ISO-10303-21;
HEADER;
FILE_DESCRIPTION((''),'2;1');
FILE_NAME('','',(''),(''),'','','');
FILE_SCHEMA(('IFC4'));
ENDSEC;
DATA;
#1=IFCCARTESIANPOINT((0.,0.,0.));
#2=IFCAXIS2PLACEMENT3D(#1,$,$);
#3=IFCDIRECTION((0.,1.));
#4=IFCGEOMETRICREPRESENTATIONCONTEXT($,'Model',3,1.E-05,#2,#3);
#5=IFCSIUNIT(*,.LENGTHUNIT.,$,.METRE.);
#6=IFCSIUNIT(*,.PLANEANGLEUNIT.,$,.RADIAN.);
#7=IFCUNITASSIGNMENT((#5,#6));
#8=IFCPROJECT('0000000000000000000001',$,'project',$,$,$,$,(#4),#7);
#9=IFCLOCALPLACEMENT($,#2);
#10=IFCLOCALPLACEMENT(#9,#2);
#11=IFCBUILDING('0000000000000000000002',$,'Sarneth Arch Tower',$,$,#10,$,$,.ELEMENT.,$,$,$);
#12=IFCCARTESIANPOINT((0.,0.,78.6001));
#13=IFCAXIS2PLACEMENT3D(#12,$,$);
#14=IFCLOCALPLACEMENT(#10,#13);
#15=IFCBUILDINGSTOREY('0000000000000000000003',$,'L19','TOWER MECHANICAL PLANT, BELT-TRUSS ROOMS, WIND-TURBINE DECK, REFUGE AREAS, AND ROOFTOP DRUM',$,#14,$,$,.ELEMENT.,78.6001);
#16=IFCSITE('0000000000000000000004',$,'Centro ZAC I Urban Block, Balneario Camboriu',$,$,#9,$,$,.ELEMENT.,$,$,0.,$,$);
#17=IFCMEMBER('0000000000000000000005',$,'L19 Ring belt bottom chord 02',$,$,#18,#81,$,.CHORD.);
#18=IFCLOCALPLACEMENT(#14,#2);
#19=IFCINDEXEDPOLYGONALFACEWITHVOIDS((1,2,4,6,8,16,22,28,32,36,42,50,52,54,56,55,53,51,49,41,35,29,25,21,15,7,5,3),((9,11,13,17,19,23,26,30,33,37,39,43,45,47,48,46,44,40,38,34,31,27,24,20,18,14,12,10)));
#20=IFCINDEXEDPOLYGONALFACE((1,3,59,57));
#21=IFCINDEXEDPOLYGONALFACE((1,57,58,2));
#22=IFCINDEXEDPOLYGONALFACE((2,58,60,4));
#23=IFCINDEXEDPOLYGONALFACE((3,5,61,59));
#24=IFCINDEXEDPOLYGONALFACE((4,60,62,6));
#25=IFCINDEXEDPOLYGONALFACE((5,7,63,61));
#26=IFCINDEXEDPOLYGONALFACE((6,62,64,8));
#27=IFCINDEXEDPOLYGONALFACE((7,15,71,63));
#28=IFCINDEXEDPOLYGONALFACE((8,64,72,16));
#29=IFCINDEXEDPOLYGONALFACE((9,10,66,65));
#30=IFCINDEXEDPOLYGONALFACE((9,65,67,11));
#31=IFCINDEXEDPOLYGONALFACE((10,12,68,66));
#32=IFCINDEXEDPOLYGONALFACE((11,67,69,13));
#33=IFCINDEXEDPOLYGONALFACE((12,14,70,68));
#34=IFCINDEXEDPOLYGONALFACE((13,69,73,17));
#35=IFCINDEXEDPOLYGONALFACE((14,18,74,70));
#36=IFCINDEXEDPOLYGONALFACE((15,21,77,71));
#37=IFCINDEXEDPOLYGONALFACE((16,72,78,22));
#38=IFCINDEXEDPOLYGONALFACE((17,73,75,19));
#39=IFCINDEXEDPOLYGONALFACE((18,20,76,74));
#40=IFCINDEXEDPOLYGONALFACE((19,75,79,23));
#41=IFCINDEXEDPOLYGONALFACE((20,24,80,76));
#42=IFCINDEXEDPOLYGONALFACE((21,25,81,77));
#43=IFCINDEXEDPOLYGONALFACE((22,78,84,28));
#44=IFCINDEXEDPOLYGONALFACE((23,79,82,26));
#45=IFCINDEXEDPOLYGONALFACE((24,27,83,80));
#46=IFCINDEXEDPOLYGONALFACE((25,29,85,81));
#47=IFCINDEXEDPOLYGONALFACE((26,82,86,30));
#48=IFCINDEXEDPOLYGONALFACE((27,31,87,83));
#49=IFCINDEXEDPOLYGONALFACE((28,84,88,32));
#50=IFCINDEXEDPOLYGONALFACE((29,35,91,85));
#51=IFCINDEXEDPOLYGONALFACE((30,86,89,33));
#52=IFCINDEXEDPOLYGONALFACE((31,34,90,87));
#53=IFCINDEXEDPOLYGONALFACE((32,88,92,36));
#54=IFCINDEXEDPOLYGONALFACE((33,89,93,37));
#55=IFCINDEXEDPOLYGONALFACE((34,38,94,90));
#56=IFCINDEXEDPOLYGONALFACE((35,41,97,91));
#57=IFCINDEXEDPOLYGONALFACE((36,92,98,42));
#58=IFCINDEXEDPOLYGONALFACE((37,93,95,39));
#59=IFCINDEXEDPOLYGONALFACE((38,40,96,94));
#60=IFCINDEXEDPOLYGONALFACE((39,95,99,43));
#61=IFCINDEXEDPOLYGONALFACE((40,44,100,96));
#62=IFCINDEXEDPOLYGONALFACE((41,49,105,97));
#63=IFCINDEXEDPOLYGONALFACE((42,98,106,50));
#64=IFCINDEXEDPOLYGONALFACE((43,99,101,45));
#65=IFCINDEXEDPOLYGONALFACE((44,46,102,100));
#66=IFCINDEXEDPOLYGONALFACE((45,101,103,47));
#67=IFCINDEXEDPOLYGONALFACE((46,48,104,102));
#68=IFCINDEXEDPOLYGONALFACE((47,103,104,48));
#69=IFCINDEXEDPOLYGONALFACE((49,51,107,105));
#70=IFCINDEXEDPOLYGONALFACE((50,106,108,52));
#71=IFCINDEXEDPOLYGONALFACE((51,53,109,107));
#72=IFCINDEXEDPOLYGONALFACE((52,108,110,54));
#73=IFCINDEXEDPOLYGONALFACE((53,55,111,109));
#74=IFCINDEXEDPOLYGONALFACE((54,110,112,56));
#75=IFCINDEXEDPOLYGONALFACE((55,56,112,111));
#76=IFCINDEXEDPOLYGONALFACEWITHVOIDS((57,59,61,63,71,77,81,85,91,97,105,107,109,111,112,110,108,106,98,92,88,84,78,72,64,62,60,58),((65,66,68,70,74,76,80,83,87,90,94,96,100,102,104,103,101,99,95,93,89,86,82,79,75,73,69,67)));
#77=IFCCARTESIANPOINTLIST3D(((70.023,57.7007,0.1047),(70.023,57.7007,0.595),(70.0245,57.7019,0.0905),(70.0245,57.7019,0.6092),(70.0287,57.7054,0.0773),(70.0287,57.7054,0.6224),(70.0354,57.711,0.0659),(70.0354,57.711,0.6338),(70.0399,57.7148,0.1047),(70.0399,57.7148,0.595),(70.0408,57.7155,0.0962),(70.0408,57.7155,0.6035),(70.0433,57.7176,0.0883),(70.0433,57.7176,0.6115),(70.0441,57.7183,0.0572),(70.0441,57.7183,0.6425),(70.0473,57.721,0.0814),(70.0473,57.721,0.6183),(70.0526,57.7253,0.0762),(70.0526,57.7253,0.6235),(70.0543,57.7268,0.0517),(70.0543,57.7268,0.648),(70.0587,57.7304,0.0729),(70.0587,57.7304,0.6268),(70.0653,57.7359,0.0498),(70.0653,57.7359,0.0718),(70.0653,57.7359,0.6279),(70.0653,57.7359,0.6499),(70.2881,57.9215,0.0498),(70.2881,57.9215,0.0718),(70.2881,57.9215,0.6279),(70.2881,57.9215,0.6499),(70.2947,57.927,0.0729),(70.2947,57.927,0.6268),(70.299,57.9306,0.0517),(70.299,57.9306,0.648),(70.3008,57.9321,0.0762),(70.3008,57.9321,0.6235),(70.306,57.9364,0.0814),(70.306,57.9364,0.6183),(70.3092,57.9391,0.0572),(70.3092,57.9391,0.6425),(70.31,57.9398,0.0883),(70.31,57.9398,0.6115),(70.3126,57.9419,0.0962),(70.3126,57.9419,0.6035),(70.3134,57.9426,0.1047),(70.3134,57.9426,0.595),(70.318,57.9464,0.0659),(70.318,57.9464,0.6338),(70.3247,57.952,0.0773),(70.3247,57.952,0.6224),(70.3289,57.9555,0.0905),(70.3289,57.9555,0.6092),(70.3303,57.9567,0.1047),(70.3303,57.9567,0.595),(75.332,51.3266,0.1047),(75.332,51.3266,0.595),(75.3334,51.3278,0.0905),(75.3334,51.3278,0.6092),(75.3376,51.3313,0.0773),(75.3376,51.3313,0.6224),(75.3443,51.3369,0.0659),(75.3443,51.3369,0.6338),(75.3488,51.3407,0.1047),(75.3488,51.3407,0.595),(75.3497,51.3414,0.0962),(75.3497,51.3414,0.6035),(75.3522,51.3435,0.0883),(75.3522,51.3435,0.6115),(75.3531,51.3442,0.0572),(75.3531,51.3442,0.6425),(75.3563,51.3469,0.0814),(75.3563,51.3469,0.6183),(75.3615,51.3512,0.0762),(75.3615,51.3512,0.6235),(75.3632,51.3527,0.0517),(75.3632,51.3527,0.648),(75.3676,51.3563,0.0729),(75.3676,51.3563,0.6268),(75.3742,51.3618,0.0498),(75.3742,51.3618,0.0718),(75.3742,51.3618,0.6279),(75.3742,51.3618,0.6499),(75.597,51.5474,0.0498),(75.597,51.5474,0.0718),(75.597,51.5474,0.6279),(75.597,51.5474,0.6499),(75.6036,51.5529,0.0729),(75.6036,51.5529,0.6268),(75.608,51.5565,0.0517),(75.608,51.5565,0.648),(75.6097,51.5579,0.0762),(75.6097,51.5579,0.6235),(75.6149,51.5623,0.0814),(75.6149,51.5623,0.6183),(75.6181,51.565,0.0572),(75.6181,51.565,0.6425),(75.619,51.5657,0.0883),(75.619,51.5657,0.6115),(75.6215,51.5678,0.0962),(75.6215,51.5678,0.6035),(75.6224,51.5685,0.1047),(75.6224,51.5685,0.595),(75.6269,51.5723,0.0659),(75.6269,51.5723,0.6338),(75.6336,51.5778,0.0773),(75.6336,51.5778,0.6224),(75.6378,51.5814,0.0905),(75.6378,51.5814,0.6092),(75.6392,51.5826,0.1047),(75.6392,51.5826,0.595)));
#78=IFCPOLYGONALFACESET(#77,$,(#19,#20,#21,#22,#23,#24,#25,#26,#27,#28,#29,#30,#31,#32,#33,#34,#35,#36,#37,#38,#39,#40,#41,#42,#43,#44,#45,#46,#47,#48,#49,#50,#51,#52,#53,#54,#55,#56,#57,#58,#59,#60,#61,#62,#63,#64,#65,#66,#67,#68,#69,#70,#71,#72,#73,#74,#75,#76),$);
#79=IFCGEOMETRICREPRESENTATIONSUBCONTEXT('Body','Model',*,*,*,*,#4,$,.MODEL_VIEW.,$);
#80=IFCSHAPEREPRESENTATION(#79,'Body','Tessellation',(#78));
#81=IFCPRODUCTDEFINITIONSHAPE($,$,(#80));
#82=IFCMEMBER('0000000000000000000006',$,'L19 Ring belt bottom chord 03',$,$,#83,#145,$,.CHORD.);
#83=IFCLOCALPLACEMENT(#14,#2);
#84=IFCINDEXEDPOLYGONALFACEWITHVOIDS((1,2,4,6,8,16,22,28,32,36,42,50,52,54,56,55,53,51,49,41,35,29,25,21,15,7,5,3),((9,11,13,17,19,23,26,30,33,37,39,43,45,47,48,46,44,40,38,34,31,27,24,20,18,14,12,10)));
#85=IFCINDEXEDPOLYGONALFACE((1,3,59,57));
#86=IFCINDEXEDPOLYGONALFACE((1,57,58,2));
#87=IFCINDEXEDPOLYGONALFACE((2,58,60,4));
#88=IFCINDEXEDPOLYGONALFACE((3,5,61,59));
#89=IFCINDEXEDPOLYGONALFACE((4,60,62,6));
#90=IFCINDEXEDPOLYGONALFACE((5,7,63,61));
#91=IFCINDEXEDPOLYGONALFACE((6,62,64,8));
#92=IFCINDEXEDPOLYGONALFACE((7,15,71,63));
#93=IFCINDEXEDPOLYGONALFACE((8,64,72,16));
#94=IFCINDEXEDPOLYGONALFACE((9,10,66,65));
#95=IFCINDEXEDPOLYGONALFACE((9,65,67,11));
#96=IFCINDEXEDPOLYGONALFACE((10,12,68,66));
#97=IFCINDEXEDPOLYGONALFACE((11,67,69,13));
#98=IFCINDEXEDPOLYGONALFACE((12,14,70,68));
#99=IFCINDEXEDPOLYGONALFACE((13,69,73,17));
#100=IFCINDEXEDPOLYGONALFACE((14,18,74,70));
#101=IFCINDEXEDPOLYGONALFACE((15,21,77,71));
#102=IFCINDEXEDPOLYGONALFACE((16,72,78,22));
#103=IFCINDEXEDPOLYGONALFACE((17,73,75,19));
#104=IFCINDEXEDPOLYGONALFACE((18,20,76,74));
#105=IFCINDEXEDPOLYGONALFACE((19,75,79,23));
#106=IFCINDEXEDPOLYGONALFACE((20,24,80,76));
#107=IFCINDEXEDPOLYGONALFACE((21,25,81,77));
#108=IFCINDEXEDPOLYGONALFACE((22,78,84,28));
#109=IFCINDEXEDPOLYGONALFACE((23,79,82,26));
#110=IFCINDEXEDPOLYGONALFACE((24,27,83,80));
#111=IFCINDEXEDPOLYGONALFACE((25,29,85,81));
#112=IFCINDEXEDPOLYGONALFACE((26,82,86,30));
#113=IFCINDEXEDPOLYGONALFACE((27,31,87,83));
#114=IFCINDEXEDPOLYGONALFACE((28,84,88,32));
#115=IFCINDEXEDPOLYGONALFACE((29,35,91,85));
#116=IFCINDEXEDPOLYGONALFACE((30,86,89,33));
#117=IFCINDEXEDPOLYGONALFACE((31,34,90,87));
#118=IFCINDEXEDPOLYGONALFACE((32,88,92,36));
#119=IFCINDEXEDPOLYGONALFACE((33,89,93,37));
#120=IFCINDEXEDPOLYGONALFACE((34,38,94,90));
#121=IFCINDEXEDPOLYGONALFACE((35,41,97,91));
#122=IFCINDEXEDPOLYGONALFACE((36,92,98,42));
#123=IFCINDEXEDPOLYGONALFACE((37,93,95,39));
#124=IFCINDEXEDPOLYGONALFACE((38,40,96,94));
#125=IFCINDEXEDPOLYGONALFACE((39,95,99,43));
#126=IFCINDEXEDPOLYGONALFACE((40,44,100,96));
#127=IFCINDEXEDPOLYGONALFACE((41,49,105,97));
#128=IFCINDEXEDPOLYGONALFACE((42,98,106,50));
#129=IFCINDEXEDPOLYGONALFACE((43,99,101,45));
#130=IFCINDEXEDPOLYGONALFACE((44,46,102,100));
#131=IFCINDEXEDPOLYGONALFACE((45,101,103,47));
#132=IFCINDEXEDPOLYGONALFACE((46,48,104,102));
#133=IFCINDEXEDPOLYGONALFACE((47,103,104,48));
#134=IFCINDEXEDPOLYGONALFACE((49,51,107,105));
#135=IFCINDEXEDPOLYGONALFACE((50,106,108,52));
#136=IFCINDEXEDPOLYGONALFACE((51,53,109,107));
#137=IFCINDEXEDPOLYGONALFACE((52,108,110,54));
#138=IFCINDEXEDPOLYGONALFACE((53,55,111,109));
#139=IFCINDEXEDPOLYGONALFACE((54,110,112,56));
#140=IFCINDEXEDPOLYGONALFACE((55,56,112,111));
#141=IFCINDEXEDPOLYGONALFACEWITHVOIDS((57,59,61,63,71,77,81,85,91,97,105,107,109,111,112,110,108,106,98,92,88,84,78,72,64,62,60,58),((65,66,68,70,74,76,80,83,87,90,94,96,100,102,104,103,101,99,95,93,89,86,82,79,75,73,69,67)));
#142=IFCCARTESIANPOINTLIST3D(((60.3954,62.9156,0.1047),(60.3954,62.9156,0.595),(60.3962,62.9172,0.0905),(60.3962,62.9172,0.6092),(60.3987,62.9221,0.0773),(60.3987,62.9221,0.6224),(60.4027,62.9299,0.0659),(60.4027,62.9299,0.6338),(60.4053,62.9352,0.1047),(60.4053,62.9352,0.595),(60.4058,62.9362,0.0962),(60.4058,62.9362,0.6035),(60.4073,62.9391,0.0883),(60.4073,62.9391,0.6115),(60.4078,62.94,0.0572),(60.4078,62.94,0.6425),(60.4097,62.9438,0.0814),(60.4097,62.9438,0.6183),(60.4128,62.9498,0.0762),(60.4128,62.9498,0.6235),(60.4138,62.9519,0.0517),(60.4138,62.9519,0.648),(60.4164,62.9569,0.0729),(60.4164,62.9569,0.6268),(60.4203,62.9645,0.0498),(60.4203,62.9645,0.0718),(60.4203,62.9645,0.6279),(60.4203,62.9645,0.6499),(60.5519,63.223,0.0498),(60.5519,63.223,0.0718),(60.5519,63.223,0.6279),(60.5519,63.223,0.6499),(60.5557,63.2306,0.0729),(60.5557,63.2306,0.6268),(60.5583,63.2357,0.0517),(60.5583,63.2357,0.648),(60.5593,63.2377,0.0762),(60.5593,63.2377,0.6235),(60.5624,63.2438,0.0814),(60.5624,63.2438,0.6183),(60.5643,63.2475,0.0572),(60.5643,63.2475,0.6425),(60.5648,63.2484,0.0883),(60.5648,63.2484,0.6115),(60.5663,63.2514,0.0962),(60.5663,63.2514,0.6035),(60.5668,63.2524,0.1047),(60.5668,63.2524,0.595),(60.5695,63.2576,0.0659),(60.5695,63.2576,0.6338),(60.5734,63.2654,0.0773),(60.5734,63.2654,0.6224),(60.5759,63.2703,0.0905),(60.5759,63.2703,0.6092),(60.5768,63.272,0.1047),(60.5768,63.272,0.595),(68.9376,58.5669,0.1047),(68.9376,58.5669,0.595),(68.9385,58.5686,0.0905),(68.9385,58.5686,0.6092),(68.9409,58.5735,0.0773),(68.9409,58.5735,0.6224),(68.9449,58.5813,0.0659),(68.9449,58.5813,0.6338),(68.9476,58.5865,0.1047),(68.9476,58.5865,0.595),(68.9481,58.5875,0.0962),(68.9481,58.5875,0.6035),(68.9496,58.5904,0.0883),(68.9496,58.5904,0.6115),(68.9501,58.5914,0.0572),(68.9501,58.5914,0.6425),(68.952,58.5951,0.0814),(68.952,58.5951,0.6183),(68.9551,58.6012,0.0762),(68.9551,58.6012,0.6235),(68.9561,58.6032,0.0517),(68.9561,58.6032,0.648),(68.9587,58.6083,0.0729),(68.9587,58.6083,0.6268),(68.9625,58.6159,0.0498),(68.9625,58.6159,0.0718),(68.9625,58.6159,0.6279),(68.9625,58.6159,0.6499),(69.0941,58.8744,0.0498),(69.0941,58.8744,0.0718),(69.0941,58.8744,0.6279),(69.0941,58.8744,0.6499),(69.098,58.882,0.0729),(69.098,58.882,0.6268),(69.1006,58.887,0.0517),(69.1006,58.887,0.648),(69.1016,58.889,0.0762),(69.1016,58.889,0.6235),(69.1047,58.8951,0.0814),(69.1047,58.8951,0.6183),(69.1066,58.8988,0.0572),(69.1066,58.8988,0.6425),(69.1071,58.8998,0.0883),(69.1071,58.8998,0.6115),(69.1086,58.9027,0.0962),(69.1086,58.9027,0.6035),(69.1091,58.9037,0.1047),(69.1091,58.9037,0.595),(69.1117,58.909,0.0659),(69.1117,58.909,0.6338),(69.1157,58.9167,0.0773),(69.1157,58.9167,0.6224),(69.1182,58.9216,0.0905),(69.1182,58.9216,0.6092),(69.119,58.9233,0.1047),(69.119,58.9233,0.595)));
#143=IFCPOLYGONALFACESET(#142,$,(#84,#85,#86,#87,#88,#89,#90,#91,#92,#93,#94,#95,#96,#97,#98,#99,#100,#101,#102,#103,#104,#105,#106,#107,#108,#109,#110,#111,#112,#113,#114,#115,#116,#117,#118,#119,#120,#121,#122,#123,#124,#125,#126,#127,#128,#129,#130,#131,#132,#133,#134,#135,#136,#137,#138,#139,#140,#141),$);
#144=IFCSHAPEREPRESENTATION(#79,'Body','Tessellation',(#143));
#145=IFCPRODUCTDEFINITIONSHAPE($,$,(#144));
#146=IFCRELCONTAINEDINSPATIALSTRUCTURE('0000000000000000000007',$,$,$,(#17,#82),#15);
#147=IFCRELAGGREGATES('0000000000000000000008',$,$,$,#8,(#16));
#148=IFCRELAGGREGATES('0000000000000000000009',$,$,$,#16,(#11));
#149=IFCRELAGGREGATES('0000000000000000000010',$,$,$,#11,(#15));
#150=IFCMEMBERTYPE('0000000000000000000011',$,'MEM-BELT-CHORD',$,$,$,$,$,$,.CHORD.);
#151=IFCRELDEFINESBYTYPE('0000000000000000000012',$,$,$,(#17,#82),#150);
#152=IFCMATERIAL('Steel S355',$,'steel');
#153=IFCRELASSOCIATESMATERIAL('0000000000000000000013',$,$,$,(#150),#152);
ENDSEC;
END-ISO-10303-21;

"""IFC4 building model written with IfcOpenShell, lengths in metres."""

from ifc_helpers import new_model, si_unit, direction, frame, origin, origin_2d, place, context, subcontext, project, spatial, hollow_rectangle, extrude, material, material_profile, profile_set, type_object, element, save


model = new_model("IFC4")

# Units and contexts
model_context = context("Model", 3, precision=1e-05, world=origin(), true_north=direction((0.0, 1.0)))
body_context = subcontext(model_context, "Body", "Model", "MODEL_VIEW")
ifc_project = project(units=[si_unit("LENGTHUNIT", "METRE"), si_unit("PLANEANGLEUNIT", "RADIAN")], contexts=[model_context])

# Site, building, storey
site_placement = place(None, origin())
site = spatial("IfcSite", under=ifc_project, at=site_placement, Name="Centro ZAC I Urban Block, Balneario Camboriu", CompositionType="ELEMENT", RefElevation=0.0)
building_placement = place(site_placement, origin())
building = spatial("IfcBuilding", under=site, at=building_placement, Name="Sarneth Arch Tower", CompositionType="ELEMENT")
storey_placement = place(building_placement, frame((0.0, 0.0, 78.6001)))
storey = spatial("IfcBuildingStorey", under=building, at=storey_placement, Name="L19", Description="TOWER MECHANICAL PLANT, BELT-TRUSS ROOMS, WIND-TURBINE DECK, REFUGE AREAS, AND ROOFTOP DRUM", CompositionType="ELEMENT", Elevation=78.6001)

# Members
ifc_material_1 = material(Name="Steel S355", Category="steel")
ifc_material_profile_1 = material_profile(ifc_material_1, hollow_rectangle(XDim=0.3999, YDim=0.6001, WallThickness=0.022, InnerFilletRadius=0.033, OuterFilletRadius=0.0549, at=origin_2d()), Name="RHS600x400x22")
ifc_profile_set_1 = profile_set([ifc_material_profile_1], Name="Steel S355")
member_type_1 = type_object("IfcMemberType", Name="MEM-BELT-CHORD", PredefinedType="CHORD", material=ifc_profile_set_1)
member_1_placement = place(storey_placement, frame((75.4856, 51.4546, 0.3499), z_axis=(-0.639982, 0.76839, 0.0), x_axis=(-0.76839, -0.639982, 0.0)))
element("IfcMember", 1, at=member_1_placement, inside=storey, type_object=member_type_1, Name="L19 Ring belt bottom chord 02", PredefinedType="CHORD", context=body_context, shape_type="SweptSolid", body=[
    extrude(hollow_rectangle(XDim=0.3999, YDim=0.6001, WallThickness=0.022, InnerFilletRadius=0.033, OuterFilletRadius=0.0549, at=origin_2d()), origin(), (0.0, 0.0, 1.0), 8.2954),
])
member_2_placement = place(storey_placement, frame((69.0283, 58.7451, 0.3499), z_axis=(-0.891169, 0.453671, 0.0), x_axis=(-0.453671, -0.891169, 0.0)))
element("IfcMember", 2, at=member_2_placement, inside=storey, type_object=member_type_1, Name="L19 Ring belt bottom chord 03", PredefinedType="CHORD", context=body_context, shape_type="SweptSolid", body=[
    extrude(hollow_rectangle(XDim=0.3999, YDim=0.6001, WallThickness=0.022, InnerFilletRadius=0.033, OuterFilletRadius=0.0549, at=origin_2d()), origin(), (0.0, 0.0, 1.0), 9.5854),
])

save(model, "model.ifc")
